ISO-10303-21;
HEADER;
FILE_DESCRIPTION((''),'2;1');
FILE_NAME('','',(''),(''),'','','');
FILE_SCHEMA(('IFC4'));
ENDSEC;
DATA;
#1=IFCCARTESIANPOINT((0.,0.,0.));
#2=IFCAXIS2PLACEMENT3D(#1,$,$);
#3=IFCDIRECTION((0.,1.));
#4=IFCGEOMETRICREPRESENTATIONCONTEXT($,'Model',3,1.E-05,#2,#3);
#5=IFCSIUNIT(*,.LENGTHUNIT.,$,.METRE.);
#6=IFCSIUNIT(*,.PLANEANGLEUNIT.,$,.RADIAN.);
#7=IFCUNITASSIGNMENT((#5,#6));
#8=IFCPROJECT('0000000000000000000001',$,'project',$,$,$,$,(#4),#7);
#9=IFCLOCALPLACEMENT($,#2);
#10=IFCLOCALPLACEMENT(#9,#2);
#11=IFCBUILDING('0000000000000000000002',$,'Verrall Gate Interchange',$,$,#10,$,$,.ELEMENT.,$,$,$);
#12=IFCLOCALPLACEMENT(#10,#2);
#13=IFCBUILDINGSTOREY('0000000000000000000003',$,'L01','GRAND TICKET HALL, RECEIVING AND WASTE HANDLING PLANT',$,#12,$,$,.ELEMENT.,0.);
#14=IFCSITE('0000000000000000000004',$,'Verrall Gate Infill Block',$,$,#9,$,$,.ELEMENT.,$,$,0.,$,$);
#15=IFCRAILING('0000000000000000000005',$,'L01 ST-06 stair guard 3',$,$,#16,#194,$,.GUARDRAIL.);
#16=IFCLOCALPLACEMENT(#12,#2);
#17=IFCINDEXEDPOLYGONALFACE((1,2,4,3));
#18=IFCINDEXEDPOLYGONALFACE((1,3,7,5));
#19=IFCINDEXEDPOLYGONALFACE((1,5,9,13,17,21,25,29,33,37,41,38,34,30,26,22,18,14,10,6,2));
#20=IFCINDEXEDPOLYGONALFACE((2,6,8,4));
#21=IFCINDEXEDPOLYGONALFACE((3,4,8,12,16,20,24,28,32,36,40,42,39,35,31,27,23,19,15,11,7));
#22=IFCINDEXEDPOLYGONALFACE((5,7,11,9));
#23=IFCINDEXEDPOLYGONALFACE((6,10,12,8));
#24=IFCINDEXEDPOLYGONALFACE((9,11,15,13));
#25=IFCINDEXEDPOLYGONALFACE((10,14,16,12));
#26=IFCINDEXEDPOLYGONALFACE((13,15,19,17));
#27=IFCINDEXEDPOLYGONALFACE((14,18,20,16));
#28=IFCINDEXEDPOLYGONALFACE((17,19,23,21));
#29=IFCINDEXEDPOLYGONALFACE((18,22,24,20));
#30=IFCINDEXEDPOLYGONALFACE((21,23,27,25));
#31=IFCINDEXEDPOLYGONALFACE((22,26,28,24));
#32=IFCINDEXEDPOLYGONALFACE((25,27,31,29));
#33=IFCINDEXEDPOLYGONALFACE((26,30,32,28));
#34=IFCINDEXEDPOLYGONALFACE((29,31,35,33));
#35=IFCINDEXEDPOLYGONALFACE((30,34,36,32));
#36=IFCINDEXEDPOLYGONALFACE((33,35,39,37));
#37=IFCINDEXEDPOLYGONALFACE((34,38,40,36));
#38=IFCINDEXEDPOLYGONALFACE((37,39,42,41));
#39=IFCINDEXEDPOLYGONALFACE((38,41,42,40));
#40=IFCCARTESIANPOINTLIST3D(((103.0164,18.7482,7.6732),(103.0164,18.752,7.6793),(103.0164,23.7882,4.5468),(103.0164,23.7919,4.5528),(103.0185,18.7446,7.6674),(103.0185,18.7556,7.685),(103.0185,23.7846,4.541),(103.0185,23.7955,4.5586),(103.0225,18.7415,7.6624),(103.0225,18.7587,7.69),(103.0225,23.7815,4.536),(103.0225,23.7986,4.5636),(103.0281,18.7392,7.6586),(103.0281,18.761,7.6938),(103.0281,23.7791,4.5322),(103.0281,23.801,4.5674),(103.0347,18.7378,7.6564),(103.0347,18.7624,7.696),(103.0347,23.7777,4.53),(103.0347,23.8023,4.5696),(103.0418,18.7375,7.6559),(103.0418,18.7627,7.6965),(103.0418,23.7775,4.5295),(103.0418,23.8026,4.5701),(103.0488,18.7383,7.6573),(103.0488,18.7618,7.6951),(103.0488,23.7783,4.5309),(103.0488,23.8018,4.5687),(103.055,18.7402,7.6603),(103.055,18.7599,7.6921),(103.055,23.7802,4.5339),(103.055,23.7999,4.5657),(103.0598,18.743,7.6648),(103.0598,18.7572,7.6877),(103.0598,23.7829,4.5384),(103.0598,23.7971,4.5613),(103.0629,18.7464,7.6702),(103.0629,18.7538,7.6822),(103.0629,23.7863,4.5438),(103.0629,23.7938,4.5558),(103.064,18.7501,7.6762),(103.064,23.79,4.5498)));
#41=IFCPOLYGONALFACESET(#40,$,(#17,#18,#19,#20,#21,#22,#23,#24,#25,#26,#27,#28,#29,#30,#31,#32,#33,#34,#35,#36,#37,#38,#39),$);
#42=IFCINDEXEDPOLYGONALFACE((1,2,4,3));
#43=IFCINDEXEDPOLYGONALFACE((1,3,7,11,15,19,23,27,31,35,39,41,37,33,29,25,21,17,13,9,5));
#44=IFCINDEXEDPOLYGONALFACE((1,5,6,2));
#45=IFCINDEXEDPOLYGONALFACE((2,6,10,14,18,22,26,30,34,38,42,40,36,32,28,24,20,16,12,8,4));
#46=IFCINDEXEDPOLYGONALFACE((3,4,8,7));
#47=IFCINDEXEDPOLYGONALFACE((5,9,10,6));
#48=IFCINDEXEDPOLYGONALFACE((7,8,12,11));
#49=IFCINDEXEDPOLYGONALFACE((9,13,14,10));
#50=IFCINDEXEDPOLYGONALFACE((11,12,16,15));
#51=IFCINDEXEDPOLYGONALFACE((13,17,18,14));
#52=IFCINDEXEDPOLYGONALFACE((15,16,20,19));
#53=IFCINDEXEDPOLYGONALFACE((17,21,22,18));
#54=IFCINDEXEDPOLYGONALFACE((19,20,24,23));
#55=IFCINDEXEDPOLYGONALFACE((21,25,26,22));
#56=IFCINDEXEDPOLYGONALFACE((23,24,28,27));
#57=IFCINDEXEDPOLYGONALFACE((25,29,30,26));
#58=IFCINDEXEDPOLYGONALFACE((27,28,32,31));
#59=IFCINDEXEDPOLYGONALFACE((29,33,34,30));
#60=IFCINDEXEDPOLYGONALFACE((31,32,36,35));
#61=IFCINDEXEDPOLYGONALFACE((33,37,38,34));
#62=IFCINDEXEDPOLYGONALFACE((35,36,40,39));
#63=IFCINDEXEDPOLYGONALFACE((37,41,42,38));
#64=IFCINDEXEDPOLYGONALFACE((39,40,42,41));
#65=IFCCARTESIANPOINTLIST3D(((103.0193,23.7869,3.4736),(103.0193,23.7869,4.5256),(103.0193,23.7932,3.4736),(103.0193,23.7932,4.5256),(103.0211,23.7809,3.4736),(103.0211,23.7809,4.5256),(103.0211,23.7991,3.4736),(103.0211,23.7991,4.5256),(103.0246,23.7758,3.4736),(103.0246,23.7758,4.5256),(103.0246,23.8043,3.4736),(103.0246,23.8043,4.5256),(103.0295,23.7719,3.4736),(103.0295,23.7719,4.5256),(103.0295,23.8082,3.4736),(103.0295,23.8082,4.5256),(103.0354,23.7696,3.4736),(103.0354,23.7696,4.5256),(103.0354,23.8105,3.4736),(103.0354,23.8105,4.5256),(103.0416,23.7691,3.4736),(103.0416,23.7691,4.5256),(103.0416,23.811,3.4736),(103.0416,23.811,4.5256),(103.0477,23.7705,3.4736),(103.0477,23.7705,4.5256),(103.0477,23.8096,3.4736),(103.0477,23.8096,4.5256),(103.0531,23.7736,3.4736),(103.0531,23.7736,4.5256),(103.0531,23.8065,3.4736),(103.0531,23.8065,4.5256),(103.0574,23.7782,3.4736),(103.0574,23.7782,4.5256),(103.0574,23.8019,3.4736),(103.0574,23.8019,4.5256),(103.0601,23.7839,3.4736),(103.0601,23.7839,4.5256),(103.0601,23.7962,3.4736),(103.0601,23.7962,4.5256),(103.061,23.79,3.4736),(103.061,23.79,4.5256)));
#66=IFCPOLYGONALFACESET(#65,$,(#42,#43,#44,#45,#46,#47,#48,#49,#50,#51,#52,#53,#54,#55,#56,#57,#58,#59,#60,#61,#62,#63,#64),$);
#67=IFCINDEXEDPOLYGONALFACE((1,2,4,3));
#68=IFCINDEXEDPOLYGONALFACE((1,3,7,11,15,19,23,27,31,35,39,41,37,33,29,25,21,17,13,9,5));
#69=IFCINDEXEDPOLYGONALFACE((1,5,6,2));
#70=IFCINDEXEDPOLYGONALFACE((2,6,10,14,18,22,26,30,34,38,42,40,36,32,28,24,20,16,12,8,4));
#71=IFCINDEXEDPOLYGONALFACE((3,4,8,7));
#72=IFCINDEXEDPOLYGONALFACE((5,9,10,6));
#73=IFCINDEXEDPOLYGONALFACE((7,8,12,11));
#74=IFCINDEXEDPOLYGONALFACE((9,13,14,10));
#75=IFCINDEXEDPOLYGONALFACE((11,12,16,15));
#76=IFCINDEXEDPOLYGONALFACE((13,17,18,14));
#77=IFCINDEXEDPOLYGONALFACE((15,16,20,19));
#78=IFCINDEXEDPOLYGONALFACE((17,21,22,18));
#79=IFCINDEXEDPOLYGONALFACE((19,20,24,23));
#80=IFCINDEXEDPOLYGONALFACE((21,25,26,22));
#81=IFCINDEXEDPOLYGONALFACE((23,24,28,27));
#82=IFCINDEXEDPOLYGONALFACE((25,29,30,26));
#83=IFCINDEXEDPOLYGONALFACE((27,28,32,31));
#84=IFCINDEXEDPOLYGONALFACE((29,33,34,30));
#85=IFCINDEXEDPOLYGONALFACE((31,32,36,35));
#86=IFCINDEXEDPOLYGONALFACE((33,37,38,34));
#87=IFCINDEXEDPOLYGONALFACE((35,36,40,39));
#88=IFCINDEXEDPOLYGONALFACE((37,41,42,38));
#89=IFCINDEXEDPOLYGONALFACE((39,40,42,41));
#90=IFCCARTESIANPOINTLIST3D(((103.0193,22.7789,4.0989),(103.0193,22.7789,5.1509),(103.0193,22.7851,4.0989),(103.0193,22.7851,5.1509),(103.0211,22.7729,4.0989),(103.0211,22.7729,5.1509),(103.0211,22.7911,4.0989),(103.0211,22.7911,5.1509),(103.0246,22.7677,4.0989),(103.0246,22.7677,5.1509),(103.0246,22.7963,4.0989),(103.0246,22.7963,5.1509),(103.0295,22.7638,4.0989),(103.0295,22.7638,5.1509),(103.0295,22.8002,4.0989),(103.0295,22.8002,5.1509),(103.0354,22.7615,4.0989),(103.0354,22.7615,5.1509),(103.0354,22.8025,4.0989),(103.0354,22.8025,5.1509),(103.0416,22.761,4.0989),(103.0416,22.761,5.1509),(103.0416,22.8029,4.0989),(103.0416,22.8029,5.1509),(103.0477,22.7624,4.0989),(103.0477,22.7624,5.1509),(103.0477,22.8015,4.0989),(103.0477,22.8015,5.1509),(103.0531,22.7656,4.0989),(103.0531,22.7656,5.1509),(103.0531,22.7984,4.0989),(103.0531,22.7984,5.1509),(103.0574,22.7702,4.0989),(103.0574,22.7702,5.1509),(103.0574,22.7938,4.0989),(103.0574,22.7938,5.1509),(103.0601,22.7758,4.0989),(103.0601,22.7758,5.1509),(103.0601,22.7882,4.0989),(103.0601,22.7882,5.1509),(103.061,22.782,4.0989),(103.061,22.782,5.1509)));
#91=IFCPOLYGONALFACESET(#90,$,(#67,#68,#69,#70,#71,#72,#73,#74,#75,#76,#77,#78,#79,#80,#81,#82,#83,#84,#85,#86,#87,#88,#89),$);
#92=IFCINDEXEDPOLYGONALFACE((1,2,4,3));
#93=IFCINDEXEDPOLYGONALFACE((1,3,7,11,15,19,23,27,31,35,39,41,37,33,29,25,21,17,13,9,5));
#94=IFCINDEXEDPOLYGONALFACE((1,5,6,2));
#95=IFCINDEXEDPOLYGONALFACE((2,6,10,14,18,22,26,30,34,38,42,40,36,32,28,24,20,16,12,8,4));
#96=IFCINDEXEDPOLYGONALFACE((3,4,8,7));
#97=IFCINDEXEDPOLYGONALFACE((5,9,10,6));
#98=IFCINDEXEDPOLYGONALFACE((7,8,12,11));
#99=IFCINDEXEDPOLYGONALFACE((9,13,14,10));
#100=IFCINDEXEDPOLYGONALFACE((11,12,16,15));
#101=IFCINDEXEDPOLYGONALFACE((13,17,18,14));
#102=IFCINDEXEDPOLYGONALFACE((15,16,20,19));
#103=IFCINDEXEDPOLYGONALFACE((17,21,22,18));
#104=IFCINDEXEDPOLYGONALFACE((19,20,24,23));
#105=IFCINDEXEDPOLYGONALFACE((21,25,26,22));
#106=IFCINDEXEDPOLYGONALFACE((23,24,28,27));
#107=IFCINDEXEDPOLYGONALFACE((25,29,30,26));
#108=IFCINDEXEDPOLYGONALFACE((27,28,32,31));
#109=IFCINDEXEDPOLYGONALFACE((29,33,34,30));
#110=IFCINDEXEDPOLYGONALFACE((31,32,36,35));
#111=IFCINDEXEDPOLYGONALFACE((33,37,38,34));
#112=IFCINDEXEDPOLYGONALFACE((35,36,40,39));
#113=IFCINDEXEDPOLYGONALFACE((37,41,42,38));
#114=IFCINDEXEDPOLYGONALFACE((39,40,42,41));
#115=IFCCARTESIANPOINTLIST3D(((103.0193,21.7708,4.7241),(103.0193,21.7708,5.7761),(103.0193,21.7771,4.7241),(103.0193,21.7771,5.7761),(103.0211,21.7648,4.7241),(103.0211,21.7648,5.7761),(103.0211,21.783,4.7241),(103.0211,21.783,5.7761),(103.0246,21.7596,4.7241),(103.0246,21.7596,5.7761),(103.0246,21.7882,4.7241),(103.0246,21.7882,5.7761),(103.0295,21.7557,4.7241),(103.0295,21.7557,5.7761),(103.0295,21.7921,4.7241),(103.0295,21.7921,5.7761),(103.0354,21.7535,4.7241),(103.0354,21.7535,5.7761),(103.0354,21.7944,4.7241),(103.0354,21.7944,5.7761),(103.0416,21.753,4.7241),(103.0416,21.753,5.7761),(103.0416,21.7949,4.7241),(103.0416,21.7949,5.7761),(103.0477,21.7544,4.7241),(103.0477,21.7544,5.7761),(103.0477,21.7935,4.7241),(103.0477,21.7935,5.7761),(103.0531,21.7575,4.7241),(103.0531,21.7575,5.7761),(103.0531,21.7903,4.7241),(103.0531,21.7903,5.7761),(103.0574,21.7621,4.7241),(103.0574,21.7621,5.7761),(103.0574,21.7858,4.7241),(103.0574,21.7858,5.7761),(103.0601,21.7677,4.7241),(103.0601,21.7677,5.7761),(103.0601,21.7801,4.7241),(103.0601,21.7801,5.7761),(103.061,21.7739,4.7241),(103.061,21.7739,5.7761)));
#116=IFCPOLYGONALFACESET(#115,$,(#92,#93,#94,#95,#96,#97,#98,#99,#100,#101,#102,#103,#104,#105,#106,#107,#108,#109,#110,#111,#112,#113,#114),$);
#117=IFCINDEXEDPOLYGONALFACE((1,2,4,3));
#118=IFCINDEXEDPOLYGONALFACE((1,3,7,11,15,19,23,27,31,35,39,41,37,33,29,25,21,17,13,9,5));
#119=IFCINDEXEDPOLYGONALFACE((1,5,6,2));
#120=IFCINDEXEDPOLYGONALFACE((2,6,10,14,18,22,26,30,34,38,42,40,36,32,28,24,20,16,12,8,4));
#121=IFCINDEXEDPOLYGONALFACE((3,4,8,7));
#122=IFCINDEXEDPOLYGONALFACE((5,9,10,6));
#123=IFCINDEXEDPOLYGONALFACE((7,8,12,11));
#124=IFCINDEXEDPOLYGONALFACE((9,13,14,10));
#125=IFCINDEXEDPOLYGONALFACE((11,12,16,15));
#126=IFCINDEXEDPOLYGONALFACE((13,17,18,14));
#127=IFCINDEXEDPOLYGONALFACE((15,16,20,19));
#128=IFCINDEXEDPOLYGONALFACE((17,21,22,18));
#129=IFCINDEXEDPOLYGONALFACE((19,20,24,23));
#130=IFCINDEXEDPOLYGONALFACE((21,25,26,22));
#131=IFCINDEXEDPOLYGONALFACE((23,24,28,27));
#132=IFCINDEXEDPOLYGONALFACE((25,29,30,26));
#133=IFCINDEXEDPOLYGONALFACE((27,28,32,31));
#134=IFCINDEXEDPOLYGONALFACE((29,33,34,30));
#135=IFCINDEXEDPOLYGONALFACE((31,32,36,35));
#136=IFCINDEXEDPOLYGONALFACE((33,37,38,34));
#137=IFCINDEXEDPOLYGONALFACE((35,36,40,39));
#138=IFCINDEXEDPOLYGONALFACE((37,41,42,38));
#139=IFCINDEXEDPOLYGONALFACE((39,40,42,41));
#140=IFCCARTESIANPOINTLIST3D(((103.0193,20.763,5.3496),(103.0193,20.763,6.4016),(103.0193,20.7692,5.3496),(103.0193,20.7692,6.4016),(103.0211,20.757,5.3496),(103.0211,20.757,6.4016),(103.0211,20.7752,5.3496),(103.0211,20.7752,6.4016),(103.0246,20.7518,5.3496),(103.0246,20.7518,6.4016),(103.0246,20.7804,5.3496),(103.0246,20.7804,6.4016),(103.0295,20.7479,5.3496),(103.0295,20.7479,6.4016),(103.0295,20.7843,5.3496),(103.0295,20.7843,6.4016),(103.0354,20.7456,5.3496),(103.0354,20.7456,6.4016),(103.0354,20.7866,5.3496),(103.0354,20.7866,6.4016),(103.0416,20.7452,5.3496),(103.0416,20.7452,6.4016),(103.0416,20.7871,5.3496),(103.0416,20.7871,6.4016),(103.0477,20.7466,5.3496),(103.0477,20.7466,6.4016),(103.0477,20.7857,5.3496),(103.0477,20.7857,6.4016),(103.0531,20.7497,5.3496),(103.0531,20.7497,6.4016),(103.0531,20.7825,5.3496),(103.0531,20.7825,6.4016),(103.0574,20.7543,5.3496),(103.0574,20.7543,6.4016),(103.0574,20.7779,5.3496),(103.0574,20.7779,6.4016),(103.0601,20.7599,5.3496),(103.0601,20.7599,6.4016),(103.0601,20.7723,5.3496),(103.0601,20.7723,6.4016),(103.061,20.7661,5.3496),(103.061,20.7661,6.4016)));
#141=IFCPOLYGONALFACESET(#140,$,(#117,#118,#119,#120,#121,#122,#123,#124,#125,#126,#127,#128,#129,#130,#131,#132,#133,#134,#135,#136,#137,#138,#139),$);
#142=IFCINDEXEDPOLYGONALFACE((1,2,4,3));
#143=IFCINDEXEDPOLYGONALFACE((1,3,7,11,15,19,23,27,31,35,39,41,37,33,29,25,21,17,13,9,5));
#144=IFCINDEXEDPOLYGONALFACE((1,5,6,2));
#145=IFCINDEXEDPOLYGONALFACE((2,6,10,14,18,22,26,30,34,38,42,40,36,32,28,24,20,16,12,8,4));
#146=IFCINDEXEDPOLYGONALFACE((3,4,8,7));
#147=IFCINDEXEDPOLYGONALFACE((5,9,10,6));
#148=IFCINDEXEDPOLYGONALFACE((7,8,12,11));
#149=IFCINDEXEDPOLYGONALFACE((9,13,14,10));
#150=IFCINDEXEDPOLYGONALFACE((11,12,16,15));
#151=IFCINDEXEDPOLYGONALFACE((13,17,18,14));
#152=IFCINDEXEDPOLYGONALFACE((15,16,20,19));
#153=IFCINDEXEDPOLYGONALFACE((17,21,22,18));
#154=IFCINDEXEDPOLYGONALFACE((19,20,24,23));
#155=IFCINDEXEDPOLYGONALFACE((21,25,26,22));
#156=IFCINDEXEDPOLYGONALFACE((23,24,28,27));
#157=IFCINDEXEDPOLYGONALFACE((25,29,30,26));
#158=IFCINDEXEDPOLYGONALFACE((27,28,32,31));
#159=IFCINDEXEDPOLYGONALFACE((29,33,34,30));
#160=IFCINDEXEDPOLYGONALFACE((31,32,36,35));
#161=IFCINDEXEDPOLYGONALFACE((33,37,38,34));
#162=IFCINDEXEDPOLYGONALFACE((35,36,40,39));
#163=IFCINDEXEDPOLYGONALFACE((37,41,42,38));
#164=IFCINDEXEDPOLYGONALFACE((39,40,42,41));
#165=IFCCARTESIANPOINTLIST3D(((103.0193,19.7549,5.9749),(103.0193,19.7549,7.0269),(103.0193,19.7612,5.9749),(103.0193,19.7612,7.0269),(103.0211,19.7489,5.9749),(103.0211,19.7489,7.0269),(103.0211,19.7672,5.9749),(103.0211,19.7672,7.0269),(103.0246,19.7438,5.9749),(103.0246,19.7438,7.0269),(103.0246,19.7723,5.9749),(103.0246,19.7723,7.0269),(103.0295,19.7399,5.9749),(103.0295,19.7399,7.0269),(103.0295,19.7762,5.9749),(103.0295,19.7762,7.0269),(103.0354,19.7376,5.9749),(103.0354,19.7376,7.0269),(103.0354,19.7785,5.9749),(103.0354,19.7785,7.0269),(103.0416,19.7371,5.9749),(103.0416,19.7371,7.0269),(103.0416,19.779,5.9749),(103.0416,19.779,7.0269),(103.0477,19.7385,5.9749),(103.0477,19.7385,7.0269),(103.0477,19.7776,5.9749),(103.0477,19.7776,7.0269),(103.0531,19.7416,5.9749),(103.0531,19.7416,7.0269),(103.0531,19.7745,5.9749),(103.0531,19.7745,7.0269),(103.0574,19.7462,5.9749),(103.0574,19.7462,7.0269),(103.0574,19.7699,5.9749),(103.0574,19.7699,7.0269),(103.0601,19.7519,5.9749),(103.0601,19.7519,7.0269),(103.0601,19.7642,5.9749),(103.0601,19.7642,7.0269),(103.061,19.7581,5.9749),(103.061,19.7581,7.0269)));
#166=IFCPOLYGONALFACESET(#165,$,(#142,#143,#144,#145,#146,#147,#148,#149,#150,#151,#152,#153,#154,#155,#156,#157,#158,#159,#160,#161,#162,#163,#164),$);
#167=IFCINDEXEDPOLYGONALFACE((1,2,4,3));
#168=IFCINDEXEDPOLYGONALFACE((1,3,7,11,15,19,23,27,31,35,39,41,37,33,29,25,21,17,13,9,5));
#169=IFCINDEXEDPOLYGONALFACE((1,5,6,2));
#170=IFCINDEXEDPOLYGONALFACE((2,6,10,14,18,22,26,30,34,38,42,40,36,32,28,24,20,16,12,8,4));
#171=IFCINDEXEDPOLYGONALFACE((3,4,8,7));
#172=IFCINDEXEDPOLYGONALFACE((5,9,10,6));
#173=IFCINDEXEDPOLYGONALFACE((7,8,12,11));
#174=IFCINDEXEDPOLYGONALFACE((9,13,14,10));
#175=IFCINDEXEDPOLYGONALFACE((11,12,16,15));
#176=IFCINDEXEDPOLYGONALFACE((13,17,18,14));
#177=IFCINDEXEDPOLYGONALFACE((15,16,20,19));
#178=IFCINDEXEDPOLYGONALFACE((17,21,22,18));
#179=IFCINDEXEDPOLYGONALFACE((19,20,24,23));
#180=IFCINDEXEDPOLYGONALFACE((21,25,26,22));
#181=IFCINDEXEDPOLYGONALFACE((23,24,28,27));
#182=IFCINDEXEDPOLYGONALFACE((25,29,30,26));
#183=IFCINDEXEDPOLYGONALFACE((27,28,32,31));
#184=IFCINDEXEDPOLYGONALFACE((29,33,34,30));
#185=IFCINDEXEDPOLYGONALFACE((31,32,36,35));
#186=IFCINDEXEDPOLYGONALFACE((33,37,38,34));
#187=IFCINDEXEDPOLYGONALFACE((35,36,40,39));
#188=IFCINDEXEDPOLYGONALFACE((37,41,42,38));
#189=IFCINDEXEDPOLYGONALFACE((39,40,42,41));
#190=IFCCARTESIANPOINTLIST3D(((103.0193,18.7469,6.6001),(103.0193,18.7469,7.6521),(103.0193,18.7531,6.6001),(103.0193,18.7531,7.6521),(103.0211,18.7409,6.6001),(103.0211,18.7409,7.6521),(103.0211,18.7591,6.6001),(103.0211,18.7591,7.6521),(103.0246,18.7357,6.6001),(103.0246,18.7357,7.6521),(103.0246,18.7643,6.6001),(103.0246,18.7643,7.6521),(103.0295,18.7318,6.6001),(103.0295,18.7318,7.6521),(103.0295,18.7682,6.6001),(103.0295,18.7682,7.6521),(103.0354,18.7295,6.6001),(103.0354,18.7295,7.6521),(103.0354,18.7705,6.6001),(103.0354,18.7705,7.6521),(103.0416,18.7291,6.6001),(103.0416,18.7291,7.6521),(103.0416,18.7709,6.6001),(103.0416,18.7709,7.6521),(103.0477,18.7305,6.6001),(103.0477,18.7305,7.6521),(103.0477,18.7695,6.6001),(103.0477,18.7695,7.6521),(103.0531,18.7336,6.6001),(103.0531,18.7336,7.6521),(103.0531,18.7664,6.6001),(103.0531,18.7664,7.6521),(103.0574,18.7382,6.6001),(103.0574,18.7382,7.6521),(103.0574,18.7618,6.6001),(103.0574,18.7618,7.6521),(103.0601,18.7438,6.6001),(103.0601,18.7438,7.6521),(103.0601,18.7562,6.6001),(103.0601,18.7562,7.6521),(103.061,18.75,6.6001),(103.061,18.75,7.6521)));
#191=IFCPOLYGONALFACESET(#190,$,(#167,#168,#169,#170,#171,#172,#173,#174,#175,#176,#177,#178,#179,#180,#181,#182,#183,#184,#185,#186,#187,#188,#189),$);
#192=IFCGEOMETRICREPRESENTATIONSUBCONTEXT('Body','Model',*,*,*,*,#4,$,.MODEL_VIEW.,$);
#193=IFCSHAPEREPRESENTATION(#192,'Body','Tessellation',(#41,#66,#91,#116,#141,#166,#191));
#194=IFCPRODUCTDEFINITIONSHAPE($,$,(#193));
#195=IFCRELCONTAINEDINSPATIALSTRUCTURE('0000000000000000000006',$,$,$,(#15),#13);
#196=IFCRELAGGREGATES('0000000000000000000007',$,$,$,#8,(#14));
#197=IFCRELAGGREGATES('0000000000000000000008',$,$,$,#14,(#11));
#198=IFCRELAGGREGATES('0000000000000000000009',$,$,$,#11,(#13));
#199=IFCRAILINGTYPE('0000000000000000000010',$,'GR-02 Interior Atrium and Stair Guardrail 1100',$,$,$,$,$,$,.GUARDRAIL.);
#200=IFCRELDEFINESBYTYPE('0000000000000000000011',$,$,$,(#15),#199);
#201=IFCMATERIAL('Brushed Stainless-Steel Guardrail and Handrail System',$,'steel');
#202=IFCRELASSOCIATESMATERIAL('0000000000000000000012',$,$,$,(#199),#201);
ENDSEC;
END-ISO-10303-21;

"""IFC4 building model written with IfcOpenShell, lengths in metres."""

from ifc_helpers import new_model, si_unit, direction, frame, origin, origin_2d, place, context, subcontext, project, spatial, circle, extrude, material, type_object, element, save


model = new_model("IFC4")

# Units and contexts
model_context = context("Model", 3, precision=1e-05, world=origin(), true_north=direction((0.0, 1.0)))
body_context = subcontext(model_context, "Body", "Model", "MODEL_VIEW")
ifc_project = project(units=[si_unit("LENGTHUNIT", "METRE"), si_unit("PLANEANGLEUNIT", "RADIAN")], contexts=[model_context])

# Site, building, storey
site_placement = place(None, origin())
site = spatial("IfcSite", under=ifc_project, at=site_placement, Name="Verrall Gate Infill Block", CompositionType="ELEMENT", RefElevation=0.0)
building_placement = place(site_placement, origin())
building = spatial("IfcBuilding", under=site, at=building_placement, Name="Verrall Gate Interchange", CompositionType="ELEMENT")
storey_placement = place(building_placement, origin())
storey = spatial("IfcBuildingStorey", under=building, at=storey_placement, Name="L01", Description="GRAND TICKET HALL, RECEIVING AND WASTE HANDLING PLANT", CompositionType="ELEMENT", Elevation=0.0)

# Railing
ifc_material_1 = material(Name="Brushed Stainless-Steel Guardrail and Handrail System", Category="steel")
railing_type_1 = type_object("IfcRailingType", Name="GR-02 Interior Atrium and Stair Guardrail 1100", PredefinedType="GUARDRAIL", material=ifc_material_1)
railing_1_placement = place(storey_placement, frame((103.04, 23.79, 3.4736)))
element("IfcRailing", 1, at=railing_1_placement, inside=storey, type_object=railing_type_1, Name="L01 ST-06 stair guard 3", PredefinedType="GUARDRAIL", context=body_context, shape_type="SweptSolid", body=[
    extrude(circle(Radius=0.0239, at=origin_2d()), frame((0.0, 0.0, 1.0762), z_axis=(0.0, -0.849779, 0.527139), x_axis=(1.0, 0.0, 0.0)), (0.0, 0.0, 1.0), 5.9309),
    extrude(circle(Radius=0.021, at=origin_2d()), origin(), (0.0, 0.0, 1.0), 1.052),
    extrude(circle(Radius=0.021, at=origin_2d()), frame((0.0, -1.0081, 0.6252)), (0.0, 0.0, 1.0), 1.052),
    extrude(circle(Radius=0.021, at=origin_2d()), frame((0.0, -2.0161, 1.2505)), (0.0, 0.0, 1.0), 1.052),
    extrude(circle(Radius=0.021, at=origin_2d()), frame((0.0, -3.0239, 1.876)), (0.0, 0.0, 1.0), 1.052),
    extrude(circle(Radius=0.021, at=origin_2d()), frame((0.0, -4.032, 2.5012)), (0.0, 0.0, 1.0), 1.052),
    extrude(circle(Radius=0.021, at=origin_2d()), frame((0.0, -5.04, 3.1265)), (0.0, 0.0, 1.0), 1.052),
])

save(model, "model.ifc")
